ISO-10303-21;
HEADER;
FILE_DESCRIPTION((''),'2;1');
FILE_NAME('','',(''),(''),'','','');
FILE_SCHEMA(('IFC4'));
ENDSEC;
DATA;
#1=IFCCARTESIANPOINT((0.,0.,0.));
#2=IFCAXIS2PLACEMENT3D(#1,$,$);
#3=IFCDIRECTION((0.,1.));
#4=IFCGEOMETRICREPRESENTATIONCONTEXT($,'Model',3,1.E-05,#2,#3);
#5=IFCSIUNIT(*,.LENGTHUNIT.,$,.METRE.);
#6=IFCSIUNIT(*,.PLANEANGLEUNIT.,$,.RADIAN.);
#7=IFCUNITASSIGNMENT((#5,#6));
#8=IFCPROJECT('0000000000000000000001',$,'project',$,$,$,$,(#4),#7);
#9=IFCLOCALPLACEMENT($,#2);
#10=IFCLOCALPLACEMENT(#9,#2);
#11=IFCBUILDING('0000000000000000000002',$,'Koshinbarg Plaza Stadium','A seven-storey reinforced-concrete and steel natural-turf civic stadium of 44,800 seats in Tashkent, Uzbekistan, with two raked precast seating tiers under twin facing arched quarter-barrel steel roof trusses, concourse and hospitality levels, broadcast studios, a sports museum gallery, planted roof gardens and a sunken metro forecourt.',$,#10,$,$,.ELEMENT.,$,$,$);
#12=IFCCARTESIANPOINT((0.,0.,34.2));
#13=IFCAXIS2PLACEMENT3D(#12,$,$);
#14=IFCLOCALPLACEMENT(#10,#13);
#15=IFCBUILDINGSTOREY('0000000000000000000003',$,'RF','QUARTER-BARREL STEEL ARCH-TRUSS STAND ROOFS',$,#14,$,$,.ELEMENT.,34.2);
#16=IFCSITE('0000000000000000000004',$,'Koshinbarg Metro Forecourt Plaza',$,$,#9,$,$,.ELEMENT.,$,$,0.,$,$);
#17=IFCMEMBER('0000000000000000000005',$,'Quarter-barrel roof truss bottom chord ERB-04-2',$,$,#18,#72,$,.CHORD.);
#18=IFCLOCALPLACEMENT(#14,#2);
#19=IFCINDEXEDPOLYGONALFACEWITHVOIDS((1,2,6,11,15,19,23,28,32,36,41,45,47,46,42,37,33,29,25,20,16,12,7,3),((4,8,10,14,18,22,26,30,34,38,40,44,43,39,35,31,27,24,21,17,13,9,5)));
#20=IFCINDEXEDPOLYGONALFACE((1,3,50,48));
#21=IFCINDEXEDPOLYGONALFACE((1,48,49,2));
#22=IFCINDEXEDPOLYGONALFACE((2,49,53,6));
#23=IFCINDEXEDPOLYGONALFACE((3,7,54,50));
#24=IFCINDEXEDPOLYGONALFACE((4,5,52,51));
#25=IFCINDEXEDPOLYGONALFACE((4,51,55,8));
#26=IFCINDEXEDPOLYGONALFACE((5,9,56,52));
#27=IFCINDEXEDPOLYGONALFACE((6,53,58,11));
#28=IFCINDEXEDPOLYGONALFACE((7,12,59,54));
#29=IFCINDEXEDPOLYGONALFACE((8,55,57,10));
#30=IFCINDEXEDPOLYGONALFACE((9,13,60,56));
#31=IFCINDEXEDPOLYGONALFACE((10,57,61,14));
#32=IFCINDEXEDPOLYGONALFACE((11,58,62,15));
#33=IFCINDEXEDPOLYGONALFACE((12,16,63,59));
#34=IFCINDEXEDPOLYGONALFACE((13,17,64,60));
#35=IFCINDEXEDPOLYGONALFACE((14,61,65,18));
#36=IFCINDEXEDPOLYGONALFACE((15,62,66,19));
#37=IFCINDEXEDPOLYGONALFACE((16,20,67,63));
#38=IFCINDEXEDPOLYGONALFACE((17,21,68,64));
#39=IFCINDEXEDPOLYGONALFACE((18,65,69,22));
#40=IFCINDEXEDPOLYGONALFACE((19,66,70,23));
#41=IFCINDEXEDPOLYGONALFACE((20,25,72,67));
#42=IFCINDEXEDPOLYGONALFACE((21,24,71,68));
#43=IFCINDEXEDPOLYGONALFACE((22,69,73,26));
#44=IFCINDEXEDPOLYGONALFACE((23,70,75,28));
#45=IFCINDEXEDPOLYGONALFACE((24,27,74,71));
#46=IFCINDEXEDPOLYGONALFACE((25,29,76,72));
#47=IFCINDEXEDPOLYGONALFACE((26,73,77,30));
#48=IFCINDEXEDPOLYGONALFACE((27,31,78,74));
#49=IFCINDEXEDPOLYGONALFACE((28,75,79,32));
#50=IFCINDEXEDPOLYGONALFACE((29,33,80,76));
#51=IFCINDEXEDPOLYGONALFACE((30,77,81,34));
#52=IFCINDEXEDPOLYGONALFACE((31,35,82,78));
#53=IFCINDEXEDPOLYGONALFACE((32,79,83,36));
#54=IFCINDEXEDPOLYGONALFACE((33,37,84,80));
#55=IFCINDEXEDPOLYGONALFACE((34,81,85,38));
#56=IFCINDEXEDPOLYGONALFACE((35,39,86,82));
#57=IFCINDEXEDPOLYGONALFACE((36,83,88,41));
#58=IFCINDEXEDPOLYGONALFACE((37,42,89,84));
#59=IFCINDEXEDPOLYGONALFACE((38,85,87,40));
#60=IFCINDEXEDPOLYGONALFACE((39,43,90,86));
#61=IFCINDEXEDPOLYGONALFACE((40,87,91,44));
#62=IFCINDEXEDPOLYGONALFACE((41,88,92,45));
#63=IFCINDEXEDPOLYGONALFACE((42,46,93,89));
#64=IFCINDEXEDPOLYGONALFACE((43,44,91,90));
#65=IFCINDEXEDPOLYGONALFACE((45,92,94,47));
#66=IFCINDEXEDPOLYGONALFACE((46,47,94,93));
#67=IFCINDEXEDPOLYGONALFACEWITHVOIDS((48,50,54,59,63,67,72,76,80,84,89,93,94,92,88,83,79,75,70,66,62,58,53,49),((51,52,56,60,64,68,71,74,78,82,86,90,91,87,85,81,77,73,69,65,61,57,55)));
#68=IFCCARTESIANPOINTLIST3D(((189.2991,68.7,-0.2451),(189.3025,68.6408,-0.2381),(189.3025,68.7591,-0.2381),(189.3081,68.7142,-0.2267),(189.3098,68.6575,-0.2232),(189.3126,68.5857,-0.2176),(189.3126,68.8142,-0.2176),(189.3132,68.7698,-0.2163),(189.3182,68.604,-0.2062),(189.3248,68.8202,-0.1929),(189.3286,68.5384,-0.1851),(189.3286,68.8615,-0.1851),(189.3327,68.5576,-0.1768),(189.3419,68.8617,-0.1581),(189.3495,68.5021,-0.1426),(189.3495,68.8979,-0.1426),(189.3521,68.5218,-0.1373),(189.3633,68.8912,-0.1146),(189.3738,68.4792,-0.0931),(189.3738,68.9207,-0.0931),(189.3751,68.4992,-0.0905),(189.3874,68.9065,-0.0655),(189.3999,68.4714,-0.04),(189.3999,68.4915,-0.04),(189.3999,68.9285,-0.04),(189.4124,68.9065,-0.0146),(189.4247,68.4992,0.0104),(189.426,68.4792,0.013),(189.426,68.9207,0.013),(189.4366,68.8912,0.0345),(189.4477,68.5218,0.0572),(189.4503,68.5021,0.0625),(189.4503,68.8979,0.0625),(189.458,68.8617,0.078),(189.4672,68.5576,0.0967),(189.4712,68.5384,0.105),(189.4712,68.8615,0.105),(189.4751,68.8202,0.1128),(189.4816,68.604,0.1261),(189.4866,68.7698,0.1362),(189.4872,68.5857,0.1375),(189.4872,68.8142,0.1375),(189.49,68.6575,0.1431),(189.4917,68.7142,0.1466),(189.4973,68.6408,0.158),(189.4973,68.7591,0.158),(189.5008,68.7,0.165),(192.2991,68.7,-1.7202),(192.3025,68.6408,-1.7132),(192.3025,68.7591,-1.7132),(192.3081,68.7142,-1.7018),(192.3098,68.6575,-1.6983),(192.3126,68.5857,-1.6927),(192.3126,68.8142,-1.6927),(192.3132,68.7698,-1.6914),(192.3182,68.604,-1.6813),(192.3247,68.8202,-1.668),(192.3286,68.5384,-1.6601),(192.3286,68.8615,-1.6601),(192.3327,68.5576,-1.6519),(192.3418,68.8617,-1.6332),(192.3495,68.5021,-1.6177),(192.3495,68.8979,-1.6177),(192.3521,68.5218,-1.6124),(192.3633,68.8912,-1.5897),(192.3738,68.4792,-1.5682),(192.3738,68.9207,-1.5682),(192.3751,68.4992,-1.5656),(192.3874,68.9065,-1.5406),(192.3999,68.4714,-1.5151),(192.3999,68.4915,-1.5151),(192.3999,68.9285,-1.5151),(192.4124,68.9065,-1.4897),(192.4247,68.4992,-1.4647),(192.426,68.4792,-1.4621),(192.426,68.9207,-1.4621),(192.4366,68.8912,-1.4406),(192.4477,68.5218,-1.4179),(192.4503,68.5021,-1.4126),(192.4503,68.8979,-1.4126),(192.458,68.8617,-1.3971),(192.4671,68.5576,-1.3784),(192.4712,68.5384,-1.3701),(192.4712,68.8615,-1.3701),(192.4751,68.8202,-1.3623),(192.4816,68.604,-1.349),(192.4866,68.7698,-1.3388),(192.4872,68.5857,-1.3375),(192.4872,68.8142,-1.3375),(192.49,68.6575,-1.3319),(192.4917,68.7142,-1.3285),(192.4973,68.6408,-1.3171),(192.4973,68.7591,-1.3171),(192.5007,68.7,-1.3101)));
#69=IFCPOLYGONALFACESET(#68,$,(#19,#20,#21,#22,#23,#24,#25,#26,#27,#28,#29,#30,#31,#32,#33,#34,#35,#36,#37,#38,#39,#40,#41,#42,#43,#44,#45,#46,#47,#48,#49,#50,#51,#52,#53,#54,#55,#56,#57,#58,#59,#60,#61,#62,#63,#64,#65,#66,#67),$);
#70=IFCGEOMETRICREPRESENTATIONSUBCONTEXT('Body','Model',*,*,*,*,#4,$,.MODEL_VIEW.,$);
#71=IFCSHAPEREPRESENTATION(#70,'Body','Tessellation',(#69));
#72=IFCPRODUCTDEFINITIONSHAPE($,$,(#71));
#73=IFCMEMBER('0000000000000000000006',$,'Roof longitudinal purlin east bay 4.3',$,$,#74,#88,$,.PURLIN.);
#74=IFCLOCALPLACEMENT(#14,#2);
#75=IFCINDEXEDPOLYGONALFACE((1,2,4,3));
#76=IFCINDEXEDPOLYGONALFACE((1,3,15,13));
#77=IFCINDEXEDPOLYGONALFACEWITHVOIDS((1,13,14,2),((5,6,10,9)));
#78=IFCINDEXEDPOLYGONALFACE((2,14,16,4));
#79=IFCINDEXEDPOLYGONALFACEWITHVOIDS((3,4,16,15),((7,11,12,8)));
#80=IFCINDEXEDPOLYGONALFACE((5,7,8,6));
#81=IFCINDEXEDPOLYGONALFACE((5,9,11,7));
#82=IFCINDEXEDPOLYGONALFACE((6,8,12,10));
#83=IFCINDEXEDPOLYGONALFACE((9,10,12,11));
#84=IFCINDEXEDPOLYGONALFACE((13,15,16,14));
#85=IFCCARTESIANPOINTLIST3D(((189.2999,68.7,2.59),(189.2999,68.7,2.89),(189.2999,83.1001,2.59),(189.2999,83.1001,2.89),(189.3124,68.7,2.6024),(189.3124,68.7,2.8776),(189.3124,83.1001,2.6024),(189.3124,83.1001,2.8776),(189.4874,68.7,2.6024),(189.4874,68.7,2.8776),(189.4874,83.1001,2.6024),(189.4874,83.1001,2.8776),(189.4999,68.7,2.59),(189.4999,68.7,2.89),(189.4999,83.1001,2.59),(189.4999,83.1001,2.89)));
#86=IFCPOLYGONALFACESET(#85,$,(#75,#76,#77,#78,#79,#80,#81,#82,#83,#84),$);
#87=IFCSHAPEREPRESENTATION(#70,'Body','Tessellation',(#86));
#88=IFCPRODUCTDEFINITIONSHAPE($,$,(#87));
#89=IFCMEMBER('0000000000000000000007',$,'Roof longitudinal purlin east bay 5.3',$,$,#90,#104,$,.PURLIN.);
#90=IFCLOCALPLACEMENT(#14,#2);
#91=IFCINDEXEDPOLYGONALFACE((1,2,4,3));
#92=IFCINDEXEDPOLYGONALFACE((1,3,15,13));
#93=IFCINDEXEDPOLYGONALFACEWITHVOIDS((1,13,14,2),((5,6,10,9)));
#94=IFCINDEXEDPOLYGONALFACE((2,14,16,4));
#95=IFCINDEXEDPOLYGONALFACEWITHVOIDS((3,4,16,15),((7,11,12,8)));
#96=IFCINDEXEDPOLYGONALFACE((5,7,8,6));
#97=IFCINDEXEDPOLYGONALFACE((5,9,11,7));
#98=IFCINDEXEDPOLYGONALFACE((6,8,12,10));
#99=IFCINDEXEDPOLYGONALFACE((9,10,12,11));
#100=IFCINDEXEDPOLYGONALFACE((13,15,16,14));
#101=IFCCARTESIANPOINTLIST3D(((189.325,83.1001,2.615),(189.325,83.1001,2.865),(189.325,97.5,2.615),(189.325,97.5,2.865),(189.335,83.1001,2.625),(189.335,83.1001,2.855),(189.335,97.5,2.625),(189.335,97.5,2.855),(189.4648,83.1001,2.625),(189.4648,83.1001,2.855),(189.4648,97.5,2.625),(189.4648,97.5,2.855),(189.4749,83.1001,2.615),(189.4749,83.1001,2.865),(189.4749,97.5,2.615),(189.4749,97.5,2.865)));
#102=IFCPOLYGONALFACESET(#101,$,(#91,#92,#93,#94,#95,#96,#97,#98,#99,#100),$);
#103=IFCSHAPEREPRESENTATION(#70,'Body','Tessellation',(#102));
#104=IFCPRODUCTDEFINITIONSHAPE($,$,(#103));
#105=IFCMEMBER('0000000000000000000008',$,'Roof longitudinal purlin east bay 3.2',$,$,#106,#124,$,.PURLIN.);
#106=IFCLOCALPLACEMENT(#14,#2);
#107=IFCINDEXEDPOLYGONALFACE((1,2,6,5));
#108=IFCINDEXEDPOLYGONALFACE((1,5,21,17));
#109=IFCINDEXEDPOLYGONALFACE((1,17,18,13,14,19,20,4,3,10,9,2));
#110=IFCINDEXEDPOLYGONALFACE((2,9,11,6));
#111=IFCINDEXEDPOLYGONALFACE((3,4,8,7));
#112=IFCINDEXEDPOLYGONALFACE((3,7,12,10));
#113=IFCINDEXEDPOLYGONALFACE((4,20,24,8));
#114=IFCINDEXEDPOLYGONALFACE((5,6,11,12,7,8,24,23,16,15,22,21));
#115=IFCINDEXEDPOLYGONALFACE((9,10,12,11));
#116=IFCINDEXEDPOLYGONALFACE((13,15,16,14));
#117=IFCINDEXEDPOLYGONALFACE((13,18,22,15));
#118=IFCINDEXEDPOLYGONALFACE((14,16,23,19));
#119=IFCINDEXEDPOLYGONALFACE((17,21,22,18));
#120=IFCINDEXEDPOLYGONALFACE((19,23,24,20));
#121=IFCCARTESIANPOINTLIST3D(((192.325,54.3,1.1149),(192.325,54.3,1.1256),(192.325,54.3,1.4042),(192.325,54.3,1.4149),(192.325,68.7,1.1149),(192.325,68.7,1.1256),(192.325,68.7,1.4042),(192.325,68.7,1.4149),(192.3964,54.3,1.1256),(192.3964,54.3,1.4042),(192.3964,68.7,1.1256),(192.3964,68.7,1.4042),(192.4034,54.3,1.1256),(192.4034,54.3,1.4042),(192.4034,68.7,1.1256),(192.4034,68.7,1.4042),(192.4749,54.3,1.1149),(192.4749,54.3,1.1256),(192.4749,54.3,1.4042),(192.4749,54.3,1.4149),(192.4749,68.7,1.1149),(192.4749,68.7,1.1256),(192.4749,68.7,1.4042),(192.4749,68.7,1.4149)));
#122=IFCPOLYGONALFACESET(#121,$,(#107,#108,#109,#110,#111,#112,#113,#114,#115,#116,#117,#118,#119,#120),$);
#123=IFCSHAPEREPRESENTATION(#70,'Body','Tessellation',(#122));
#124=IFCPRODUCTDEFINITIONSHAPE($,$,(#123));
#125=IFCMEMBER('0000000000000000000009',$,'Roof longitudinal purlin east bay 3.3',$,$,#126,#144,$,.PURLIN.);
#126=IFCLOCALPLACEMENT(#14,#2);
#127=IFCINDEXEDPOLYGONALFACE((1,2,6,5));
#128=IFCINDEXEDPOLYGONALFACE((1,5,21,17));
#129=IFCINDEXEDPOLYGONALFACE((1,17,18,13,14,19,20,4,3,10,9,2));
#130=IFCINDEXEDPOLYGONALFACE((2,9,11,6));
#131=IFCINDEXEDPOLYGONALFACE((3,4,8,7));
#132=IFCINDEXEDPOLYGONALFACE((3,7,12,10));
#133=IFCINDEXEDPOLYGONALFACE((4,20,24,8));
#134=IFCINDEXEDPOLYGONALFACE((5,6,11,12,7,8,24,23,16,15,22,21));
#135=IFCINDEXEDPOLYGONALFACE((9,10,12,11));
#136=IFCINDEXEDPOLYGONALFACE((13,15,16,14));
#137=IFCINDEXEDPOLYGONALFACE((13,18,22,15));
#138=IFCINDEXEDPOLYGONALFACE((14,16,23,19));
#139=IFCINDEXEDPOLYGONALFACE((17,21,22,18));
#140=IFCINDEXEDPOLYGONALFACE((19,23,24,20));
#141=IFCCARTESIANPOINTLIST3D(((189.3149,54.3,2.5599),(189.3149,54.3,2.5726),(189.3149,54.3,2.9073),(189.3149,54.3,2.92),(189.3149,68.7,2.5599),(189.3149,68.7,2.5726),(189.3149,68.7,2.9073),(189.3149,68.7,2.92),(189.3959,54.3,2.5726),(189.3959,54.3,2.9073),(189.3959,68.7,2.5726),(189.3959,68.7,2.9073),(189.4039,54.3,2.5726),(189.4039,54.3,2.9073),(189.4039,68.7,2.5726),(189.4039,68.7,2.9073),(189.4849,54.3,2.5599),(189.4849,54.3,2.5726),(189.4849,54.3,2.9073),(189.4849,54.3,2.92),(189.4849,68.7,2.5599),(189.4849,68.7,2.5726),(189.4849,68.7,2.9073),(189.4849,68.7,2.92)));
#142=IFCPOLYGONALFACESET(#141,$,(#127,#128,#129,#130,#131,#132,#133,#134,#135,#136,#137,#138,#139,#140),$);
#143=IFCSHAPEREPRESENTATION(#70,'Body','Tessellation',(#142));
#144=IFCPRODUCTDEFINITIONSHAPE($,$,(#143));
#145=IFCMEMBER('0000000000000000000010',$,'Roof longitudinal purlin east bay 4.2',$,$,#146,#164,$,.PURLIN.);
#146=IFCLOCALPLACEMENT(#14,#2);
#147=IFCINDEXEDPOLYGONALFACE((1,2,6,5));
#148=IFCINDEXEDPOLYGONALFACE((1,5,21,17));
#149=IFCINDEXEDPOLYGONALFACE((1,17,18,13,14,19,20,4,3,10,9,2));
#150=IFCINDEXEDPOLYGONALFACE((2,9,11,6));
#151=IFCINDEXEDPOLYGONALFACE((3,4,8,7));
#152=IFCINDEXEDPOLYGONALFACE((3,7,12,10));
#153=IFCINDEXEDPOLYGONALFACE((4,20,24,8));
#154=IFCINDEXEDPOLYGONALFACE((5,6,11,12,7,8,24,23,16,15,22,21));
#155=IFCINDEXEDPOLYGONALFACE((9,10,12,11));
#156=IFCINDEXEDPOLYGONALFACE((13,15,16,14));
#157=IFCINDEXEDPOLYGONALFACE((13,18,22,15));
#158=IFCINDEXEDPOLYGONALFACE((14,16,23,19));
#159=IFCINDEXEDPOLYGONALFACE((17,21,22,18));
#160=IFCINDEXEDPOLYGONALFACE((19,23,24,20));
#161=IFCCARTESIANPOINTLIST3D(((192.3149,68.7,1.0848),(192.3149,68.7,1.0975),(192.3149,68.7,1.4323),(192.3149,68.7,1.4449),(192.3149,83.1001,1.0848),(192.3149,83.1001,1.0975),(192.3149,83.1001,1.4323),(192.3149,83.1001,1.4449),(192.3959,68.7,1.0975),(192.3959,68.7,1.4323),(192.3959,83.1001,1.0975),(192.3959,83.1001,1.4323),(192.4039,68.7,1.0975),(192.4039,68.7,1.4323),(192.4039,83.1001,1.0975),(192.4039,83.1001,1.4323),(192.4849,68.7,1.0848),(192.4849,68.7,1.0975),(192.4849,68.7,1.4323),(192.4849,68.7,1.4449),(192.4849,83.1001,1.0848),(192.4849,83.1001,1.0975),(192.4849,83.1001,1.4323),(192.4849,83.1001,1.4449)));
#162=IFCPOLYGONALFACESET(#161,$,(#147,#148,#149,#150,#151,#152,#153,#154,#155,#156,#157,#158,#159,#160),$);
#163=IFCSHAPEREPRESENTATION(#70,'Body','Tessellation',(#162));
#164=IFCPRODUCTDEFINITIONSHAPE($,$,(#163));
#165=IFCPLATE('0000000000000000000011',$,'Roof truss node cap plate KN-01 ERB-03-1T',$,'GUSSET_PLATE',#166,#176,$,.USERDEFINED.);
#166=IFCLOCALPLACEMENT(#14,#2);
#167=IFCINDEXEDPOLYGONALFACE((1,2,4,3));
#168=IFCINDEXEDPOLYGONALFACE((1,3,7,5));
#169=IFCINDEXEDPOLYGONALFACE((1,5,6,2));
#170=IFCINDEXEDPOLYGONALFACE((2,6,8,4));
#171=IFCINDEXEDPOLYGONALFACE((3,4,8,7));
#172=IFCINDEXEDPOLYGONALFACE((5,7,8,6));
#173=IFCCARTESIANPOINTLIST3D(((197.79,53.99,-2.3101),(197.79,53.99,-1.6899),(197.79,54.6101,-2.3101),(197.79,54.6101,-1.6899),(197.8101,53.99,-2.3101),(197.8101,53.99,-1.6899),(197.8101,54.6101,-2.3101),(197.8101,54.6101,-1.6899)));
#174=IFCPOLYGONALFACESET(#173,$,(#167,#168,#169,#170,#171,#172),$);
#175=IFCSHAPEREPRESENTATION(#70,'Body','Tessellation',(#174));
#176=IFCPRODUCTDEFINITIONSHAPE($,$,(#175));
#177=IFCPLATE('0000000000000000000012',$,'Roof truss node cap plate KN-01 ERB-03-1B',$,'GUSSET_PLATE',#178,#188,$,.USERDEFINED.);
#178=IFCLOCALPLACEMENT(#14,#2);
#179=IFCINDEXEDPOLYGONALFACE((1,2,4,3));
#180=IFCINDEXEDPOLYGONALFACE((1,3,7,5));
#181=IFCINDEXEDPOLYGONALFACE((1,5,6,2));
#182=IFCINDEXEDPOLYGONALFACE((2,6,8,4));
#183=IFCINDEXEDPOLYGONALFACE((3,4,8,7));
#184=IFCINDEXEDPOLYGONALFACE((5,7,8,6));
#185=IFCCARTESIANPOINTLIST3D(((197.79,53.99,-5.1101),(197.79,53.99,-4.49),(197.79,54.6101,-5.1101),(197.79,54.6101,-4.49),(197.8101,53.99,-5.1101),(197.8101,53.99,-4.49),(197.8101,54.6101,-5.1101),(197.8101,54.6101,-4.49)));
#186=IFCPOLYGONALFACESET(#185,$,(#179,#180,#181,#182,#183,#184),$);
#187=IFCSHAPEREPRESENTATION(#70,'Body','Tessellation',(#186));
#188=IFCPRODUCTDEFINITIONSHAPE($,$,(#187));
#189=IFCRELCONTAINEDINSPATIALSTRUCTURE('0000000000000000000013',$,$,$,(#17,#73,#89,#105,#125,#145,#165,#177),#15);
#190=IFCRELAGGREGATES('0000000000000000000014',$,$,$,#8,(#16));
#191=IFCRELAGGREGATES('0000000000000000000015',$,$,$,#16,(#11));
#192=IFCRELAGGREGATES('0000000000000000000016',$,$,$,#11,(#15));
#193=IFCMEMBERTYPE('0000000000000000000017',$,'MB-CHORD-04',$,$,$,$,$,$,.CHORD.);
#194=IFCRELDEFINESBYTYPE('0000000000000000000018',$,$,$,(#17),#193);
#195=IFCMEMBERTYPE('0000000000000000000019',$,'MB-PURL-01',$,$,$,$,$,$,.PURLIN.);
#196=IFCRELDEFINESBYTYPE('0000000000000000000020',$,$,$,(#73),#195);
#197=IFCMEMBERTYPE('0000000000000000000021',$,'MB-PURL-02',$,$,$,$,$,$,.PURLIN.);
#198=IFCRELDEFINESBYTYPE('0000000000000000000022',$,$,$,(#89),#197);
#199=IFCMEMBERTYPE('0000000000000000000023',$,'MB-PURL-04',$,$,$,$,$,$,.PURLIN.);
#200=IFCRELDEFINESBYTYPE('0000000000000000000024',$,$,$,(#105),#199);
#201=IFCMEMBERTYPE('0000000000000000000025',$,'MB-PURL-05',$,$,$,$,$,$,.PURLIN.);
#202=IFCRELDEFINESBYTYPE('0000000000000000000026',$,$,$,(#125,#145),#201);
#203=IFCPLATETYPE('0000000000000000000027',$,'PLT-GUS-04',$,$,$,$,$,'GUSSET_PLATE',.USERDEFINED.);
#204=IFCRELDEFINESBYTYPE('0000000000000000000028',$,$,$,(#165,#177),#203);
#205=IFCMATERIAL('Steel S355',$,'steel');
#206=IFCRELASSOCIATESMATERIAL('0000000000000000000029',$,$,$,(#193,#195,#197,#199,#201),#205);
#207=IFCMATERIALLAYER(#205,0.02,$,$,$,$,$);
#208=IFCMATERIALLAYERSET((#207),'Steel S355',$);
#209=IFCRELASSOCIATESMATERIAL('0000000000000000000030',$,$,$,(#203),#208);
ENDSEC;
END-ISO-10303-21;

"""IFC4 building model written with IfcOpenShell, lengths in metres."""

from ifc_helpers import new_model, si_unit, direction, frame, origin, origin_2d, place, context, subcontext, project, spatial, rectangle, hollow_rectangle, hollow_circle, i_section, extrude, material, layer, layer_set, material_profile, profile_set, type_object, element, save


model = new_model("IFC4")

# Units and contexts
model_context = context("Model", 3, precision=1e-05, world=origin(), true_north=direction((0.0, 1.0)))
body_context = subcontext(model_context, "Body", "Model", "MODEL_VIEW")
ifc_project = project(units=[si_unit("LENGTHUNIT", "METRE"), si_unit("PLANEANGLEUNIT", "RADIAN")], contexts=[model_context])

# Site, building, storey
site_placement = place(None, origin())
site = spatial("IfcSite", under=ifc_project, at=site_placement, Name="Koshinbarg Metro Forecourt Plaza", CompositionType="ELEMENT", RefElevation=0.0)
building_placement = place(site_placement, origin())
building = spatial("IfcBuilding", under=site, at=building_placement, Name="Koshinbarg Plaza Stadium", Description="A seven-storey reinforced-concrete and steel natural-turf civic stadium of 44,800 seats in Tashkent, Uzbekistan, with two raked precast seating tiers under twin facing arched quarter-barrel steel roof trusses, concourse and hospitality levels, broadcast studios, a sports museum gallery, planted roof gardens and a sunken metro forecourt.", CompositionType="ELEMENT")
storey_placement = place(building_placement, frame((0.0, 0.0, 34.2)))
storey = spatial("IfcBuildingStorey", under=building, at=storey_placement, Name="RF", Description="QUARTER-BARREL STEEL ARCH-TRUSS STAND ROOFS", CompositionType="ELEMENT", Elevation=34.2)

# Members
ifc_material_1 = material(Name="Steel S355", Category="steel")
ifc_material_profile_1 = material_profile(ifc_material_1, hollow_circle(Radius=0.2285, WallThickness=0.02, at=origin_2d()), Name="CHS 457x20")
ifc_profile_set_1 = profile_set([ifc_material_profile_1], Name="Steel S355")
member_type_1 = type_object("IfcMemberType", Name="MB-CHORD-04", PredefinedType="CHORD", material=ifc_profile_set_1)
for number, where, z_axis, x_axis, name in (
    (1, (192.3999, 68.7, -1.5151), (-0.897387, 0.0, 0.441244), (0.0, -1.0, 0.0), "Quarter-barrel roof truss bottom chord ERB-04-2"),
):
    element("IfcMember", number, at=place(storey_placement, frame(where, z_axis=z_axis, x_axis=x_axis)), inside=storey, type_object=member_type_1, Name=name, PredefinedType="CHORD", context=body_context, shape_type="SweptSolid", body=[
        extrude(hollow_circle(Radius=0.2285, WallThickness=0.02, at=origin_2d()), origin(), (0.0, 0.0, 1.0), 3.343),
    ])
ifc_material_profile_2 = material_profile(ifc_material_1, hollow_rectangle(XDim=0.2, YDim=0.3, WallThickness=0.0125, at=origin_2d()), Name="RHS 300x200x12.5")
ifc_profile_set_2 = profile_set([ifc_material_profile_2], Name="Steel S355")
member_type_2 = type_object("IfcMemberType", Name="MB-PURL-01", PredefinedType="PURLIN", material=ifc_profile_set_2)
member_1_placement = place(storey_placement, frame((189.3999, 68.7, 2.74), z_axis=(0.0, 1.0, 0.0), x_axis=(-1.0, 0.0, 0.0)))
element("IfcMember", 2, at=member_1_placement, inside=storey, type_object=member_type_2, Name="Roof longitudinal purlin east bay 4.3", PredefinedType="PURLIN", context=body_context, shape_type="SweptSolid", body=[
    extrude(hollow_rectangle(XDim=0.2, YDim=0.3, WallThickness=0.0125, at=origin_2d()), origin(), (0.0, 0.0, 1.0), 14.4001),
])
ifc_material_profile_3 = material_profile(ifc_material_1, hollow_rectangle(XDim=0.1499, YDim=0.25, WallThickness=0.01, at=origin_2d()), Name="RHS 250x150x10")
ifc_profile_set_3 = profile_set([ifc_material_profile_3], Name="Steel S355")
member_type_3 = type_object("IfcMemberType", Name="MB-PURL-02", PredefinedType="PURLIN", material=ifc_profile_set_3)
member_2_placement = place(storey_placement, frame((189.3999, 83.1001, 2.74), z_axis=(0.0, 1.0, 0.0), x_axis=(-1.0, 0.0, 0.0)))
element("IfcMember", 3, at=member_2_placement, inside=storey, type_object=member_type_3, Name="Roof longitudinal purlin east bay 5.3", PredefinedType="PURLIN", context=body_context, shape_type="SweptSolid", body=[
    extrude(hollow_rectangle(XDim=0.1499, YDim=0.25, WallThickness=0.01, at=origin_2d()), origin(), (0.0, 0.0, 1.0), 14.3999),
])
ifc_material_profile_4 = material_profile(ifc_material_1, i_section(OverallWidth=0.1499, OverallDepth=0.3, WebThickness=0.0071, FlangeThickness=0.0107, at=origin_2d()), Name="IPE 300")
ifc_profile_set_4 = profile_set([ifc_material_profile_4], Name="Steel S355")
member_type_4 = type_object("IfcMemberType", Name="MB-PURL-04", PredefinedType="PURLIN", material=ifc_profile_set_4)
member_3_placement = place(storey_placement, frame((192.3999, 54.3, 1.2649), z_axis=(0.0, 1.0, 0.0), x_axis=(-1.0, 0.0, 0.0)))
element("IfcMember", 4, at=member_3_placement, inside=storey, type_object=member_type_4, Name="Roof longitudinal purlin east bay 3.2", PredefinedType="PURLIN", context=body_context, shape_type="SweptSolid", body=[
    extrude(i_section(OverallWidth=0.1499, OverallDepth=0.3, WebThickness=0.0071, FlangeThickness=0.0107, at=origin_2d()), origin(), (0.0, 0.0, 1.0), 14.3999),
])
ifc_material_profile_5 = material_profile(ifc_material_1, i_section(OverallWidth=0.1699, OverallDepth=0.3601, WebThickness=0.0081, FlangeThickness=0.0127, at=origin_2d()), Name="IPE 360")
ifc_profile_set_5 = profile_set([ifc_material_profile_5], Name="Steel S355")
member_type_5 = type_object("IfcMemberType", Name="MB-PURL-05", PredefinedType="PURLIN", material=ifc_profile_set_5)
member_4_placement = place(storey_placement, frame((189.3999, 54.3, 2.74), z_axis=(0.0, 1.0, 0.0), x_axis=(-1.0, 0.0, 0.0)))
element("IfcMember", 5, at=member_4_placement, inside=storey, type_object=member_type_5, Name="Roof longitudinal purlin east bay 3.3", PredefinedType="PURLIN", context=body_context, shape_type="SweptSolid", body=[
    extrude(i_section(OverallWidth=0.1699, OverallDepth=0.3601, WebThickness=0.0081, FlangeThickness=0.0127, at=origin_2d()), origin(), (0.0, 0.0, 1.0), 14.3999),
])
member_5_placement = place(storey_placement, frame((192.3999, 68.7, 1.2649), z_axis=(0.0, 1.0, 0.0), x_axis=(-1.0, 0.0, 0.0)))
element("IfcMember", 6, at=member_5_placement, inside=storey, type_object=member_type_5, Name="Roof longitudinal purlin east bay 4.2", PredefinedType="PURLIN", context=body_context, shape_type="SweptSolid", body=[
    extrude(i_section(OverallWidth=0.1699, OverallDepth=0.3601, WebThickness=0.0081, FlangeThickness=0.0127, at=origin_2d()), origin(), (0.0, 0.0, 1.0), 14.4001),
])

# Plates
ifc_layer_1 = layer(ifc_material_1, 0.02)
ifc_layer_set_1 = layer_set([ifc_layer_1], Name="Steel S355")
plate_type = type_object("IfcPlateType", Name="PLT-GUS-04", ElementType="GUSSET_PLATE", PredefinedType="USERDEFINED", material=ifc_layer_set_1)
for number, where, z_axis, x_axis, name in (
    (7, (197.8, 54.3, -2.3101), (0.0, 0.0, 1.0), (1.0, 0.0, 0.0), "Roof truss node cap plate KN-01 ERB-03-1T"),
    (8, (197.8, 54.3, -5.1101), (0.0, 0.0, 1.0), (1.0, 0.0, 0.0), "Roof truss node cap plate KN-01 ERB-03-1B"),
):
    element("IfcPlate", number, at=place(storey_placement, frame(where, z_axis=z_axis, x_axis=x_axis)), inside=storey, type_object=plate_type, Name=name, ObjectType="GUSSET_PLATE", PredefinedType="USERDEFINED", context=body_context, shape_type="SweptSolid", body=[
        extrude(rectangle(XDim=0.02, YDim=0.6201, at=origin_2d()), origin(), (0.0, 0.0, 1.0), 0.6201),
    ])

save(model, "model.ifc")
